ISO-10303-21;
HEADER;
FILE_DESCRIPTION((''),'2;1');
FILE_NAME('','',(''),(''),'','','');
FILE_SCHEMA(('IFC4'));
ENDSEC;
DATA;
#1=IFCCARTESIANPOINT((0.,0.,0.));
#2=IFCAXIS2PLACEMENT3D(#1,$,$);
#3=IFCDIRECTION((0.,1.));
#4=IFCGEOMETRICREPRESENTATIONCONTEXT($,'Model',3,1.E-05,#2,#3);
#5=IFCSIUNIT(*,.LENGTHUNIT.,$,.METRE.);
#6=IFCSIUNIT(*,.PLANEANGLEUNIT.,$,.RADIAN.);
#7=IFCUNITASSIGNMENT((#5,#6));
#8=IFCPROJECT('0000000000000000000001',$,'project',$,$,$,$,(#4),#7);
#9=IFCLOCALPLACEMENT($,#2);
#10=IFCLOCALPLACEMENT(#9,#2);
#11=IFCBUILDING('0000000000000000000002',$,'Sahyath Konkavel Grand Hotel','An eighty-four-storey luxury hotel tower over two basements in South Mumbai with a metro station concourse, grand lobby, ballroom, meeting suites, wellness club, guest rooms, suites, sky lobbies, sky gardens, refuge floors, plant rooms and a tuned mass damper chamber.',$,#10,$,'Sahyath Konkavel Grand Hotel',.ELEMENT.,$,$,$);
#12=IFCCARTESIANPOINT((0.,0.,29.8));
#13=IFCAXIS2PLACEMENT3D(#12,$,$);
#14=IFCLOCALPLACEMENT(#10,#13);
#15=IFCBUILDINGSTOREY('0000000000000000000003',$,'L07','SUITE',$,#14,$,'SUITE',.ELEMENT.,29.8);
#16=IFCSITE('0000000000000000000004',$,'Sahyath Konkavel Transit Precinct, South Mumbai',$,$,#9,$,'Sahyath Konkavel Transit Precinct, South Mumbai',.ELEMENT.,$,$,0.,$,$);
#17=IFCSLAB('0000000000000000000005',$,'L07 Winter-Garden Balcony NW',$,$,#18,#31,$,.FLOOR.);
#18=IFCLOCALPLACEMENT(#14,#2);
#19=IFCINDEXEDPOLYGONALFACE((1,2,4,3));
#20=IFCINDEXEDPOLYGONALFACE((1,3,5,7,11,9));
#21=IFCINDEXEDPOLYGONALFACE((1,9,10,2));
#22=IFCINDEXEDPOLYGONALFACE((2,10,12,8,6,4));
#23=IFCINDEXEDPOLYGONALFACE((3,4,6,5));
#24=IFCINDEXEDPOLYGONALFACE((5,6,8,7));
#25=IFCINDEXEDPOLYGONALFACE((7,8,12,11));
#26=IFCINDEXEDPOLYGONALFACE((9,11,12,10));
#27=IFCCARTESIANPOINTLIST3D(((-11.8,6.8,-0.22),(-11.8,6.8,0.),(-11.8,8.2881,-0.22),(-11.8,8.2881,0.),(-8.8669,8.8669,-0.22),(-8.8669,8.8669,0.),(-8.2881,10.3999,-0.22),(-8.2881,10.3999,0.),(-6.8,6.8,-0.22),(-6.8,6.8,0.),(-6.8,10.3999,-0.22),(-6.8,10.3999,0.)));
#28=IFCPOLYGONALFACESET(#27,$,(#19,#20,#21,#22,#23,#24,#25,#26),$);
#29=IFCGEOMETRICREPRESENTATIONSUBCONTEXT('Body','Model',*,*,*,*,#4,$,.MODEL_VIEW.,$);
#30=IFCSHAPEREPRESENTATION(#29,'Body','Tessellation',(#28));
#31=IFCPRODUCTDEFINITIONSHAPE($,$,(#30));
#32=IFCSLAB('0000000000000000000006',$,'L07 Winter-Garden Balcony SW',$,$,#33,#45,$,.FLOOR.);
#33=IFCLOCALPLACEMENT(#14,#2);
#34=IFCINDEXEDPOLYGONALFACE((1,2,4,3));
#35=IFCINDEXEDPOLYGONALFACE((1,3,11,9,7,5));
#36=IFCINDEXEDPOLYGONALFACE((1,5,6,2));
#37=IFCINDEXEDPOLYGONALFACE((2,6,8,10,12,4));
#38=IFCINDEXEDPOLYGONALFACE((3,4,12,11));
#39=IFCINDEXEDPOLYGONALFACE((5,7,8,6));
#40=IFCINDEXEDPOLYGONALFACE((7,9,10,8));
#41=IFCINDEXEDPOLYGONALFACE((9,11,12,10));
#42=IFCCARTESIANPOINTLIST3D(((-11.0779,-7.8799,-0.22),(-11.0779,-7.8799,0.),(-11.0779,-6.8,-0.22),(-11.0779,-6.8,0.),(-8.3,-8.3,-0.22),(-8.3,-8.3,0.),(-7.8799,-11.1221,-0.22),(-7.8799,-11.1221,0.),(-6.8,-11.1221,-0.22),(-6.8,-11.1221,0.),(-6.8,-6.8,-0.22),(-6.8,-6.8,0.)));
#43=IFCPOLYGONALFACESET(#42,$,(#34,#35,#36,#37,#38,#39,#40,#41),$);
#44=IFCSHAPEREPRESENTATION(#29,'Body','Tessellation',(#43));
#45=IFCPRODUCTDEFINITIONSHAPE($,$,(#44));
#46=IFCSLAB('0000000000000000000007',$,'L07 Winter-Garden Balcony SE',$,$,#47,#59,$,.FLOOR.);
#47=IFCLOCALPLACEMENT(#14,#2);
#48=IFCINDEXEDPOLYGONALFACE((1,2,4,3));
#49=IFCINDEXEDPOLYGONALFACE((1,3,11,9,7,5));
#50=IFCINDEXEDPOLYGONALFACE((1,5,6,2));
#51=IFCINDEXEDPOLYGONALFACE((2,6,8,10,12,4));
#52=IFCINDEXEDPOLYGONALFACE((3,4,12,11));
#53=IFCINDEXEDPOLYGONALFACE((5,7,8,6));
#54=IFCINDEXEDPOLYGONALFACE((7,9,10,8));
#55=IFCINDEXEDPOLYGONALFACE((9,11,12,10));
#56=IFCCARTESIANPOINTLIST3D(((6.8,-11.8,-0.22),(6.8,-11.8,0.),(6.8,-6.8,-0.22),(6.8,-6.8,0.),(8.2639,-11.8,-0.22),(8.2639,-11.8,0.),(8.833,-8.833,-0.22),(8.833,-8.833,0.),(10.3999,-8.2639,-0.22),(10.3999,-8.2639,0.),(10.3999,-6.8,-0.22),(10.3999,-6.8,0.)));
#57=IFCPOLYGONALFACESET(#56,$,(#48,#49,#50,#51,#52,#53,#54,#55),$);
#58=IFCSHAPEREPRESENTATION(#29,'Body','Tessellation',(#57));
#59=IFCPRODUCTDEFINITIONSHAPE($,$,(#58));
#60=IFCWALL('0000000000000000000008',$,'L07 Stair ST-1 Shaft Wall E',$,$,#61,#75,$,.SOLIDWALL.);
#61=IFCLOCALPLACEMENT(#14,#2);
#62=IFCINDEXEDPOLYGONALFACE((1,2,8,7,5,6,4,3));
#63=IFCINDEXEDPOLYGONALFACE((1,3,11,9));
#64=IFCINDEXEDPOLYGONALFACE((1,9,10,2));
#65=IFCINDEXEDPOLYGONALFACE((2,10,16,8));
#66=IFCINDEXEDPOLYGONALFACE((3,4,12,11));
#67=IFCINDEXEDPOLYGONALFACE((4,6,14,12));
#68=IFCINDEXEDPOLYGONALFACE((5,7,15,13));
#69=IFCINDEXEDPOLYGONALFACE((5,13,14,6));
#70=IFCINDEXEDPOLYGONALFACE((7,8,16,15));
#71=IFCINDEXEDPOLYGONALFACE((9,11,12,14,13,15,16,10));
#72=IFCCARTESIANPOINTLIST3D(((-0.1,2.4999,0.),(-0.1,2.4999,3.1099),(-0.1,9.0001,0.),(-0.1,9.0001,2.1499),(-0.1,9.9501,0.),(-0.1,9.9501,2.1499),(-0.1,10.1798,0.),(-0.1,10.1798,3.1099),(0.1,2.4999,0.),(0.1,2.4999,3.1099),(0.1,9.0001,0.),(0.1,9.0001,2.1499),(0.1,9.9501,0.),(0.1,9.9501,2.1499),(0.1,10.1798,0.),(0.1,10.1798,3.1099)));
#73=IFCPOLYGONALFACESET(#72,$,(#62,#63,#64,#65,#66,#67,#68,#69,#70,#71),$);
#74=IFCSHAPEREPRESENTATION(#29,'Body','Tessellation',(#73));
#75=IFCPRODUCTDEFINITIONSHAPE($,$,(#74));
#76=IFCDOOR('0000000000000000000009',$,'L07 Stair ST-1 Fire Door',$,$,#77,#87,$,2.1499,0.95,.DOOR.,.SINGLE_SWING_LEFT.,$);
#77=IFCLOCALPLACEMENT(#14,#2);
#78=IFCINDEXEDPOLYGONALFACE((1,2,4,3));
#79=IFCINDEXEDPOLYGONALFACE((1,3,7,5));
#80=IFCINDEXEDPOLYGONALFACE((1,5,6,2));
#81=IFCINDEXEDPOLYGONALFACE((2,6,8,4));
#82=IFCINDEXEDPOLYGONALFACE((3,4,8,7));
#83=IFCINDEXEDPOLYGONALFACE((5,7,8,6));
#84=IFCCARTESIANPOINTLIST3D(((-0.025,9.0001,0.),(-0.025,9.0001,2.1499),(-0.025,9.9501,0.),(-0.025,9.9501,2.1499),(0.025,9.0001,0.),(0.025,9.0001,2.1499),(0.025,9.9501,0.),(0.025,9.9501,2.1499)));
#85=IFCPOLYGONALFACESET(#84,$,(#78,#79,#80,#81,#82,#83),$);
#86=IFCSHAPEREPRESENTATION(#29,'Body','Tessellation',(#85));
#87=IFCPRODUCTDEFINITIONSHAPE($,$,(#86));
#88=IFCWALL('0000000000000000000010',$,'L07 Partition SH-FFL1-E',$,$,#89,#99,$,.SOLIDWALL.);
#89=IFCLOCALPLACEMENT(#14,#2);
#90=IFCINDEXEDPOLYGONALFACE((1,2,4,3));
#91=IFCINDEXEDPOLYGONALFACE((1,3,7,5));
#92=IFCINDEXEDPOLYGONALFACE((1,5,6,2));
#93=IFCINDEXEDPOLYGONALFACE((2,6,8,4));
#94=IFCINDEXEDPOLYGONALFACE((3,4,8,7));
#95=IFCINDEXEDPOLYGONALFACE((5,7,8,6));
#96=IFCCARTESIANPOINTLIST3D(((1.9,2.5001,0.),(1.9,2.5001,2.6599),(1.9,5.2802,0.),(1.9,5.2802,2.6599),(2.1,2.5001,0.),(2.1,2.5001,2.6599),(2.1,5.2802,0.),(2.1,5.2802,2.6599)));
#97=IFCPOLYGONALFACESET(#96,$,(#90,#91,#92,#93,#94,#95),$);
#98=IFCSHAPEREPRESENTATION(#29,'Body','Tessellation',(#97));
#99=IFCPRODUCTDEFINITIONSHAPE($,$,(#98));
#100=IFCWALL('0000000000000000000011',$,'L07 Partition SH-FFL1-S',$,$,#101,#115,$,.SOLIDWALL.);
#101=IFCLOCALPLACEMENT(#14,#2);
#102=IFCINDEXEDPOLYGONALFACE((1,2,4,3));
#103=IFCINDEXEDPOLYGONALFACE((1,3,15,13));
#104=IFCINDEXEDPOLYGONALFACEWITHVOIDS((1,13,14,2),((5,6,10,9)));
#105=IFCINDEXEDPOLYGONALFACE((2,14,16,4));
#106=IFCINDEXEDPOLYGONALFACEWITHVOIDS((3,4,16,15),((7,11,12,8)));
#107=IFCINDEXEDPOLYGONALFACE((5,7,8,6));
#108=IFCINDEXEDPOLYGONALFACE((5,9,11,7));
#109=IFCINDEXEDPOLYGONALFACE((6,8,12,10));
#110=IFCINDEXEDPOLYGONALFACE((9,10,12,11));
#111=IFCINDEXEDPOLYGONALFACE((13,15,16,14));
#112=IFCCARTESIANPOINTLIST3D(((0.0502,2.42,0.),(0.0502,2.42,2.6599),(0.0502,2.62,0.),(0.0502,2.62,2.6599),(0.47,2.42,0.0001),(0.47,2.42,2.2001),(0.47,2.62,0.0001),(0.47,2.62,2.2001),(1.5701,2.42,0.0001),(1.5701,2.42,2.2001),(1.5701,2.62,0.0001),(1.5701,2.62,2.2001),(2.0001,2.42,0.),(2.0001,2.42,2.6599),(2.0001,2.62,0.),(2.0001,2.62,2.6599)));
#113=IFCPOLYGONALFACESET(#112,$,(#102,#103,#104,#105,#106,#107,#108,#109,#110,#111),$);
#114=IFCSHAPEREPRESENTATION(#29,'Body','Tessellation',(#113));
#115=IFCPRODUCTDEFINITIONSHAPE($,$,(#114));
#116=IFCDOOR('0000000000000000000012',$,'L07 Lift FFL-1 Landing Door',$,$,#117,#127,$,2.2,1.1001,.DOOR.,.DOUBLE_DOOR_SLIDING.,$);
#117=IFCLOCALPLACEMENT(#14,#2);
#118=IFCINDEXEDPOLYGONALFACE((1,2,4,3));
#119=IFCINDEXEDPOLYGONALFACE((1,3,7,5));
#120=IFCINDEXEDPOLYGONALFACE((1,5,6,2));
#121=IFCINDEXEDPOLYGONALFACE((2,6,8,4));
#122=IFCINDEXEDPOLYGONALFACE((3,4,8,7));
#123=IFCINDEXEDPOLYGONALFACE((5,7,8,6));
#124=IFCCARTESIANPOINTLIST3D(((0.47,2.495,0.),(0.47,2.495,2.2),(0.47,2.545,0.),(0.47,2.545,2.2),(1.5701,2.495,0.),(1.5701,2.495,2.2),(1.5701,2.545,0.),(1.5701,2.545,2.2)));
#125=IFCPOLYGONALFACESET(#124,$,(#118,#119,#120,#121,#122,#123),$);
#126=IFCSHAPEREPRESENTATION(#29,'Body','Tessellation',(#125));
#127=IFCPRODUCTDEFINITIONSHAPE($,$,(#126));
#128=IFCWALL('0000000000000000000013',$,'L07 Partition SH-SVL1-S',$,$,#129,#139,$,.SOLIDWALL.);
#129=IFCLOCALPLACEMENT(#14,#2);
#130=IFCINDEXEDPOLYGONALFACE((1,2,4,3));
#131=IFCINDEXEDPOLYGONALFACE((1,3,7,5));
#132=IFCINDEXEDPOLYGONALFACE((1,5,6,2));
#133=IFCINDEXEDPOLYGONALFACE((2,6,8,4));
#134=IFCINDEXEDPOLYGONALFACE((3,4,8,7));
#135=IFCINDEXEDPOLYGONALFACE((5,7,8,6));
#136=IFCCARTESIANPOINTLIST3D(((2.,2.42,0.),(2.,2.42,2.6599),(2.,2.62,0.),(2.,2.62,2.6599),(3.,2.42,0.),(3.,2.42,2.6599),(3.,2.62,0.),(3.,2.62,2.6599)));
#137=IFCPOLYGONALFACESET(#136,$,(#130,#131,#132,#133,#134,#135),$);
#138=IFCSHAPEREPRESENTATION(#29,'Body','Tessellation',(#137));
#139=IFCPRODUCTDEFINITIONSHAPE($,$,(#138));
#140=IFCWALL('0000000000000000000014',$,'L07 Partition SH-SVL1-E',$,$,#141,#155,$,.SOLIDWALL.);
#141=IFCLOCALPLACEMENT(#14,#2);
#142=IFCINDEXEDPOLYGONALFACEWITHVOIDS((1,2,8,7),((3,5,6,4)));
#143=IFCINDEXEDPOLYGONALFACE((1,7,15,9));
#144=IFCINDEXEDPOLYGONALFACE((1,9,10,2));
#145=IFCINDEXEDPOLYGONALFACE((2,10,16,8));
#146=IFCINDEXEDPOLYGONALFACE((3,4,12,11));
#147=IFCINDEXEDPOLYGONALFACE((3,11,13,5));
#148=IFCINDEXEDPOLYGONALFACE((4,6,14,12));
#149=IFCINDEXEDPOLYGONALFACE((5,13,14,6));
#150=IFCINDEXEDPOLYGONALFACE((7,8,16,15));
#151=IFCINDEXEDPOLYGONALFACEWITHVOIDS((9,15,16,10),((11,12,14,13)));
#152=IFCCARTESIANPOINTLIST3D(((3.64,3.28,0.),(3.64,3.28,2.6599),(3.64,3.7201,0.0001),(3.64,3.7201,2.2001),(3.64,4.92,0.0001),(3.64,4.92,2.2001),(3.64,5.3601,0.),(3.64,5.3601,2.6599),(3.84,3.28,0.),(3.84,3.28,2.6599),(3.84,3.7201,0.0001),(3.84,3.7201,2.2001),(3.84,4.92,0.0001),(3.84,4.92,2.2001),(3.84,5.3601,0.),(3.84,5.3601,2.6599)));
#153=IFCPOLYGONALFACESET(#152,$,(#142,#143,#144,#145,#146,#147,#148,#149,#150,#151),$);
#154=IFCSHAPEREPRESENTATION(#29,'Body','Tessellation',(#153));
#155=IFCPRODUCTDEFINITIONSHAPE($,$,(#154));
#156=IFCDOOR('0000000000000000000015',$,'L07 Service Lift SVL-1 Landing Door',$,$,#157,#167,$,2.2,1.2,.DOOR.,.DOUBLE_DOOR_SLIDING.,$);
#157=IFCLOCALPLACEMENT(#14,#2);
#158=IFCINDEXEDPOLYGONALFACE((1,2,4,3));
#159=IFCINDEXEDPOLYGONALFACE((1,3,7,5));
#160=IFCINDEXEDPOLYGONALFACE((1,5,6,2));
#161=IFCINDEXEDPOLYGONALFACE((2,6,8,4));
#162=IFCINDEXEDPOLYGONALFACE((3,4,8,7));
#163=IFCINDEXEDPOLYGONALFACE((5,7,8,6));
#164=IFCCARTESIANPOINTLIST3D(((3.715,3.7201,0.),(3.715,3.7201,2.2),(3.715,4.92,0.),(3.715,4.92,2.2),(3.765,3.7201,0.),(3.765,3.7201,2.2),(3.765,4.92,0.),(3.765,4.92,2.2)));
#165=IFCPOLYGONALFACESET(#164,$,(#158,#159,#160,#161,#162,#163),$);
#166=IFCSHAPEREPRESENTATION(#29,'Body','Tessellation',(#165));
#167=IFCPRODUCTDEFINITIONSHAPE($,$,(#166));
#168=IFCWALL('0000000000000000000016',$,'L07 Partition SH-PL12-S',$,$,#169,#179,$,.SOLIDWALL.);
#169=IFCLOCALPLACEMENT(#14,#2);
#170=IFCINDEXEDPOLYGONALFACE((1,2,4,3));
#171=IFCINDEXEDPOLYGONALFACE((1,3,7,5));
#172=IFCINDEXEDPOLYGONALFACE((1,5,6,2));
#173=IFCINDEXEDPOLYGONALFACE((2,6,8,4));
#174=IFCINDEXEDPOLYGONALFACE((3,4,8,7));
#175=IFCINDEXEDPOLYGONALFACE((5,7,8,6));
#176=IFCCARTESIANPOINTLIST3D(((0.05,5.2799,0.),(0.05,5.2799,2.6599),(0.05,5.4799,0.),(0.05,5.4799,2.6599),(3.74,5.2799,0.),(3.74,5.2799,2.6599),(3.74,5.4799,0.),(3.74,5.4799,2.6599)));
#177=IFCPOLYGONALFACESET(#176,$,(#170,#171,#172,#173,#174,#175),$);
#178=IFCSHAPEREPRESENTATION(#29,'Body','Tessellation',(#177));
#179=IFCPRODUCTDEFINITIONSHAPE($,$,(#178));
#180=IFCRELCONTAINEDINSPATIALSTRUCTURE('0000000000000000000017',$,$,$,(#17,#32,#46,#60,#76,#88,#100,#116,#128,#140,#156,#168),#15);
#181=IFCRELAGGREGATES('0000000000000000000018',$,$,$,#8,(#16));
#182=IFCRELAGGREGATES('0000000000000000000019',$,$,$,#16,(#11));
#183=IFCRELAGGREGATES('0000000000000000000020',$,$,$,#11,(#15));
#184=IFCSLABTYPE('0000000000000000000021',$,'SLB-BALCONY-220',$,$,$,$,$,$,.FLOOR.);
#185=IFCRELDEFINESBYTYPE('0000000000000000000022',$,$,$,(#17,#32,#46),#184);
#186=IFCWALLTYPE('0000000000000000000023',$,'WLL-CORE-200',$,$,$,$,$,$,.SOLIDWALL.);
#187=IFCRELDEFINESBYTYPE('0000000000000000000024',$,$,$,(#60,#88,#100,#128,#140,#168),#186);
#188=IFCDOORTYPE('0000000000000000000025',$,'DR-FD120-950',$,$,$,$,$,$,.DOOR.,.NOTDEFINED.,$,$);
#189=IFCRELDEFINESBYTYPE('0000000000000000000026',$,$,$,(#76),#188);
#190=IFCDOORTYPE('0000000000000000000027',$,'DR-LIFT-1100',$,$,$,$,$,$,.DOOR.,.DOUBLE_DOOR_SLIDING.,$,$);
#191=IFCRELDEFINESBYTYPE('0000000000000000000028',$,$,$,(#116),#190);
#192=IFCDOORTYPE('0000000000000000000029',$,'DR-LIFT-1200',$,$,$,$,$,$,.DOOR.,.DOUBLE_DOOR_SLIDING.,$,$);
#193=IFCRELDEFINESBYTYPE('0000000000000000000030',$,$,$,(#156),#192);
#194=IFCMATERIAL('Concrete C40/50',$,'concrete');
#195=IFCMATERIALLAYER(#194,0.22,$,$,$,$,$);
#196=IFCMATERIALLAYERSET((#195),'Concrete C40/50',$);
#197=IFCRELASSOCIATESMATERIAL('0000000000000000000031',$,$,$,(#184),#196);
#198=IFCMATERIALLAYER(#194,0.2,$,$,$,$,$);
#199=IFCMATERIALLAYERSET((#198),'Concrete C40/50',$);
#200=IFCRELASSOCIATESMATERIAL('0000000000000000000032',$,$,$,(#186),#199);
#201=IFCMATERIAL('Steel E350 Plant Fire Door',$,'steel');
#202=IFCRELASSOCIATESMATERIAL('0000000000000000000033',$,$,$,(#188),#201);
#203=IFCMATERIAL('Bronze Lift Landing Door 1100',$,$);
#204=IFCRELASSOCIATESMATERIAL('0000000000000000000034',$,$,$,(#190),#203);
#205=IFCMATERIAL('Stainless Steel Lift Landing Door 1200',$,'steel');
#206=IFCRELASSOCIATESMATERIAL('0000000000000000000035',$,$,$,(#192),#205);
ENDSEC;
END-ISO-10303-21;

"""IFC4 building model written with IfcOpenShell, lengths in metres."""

from ifc_helpers import new_model, si_unit, direction, frame, frame_2d, origin, origin_2d, place, context, subcontext, project, spatial, polyline, rectangle, outline, extrude, source, transform, mapped, material, layer, layer_set, type_object, element, fill, save


model = new_model("IFC4")

# Units and contexts
model_context = context("Model", 3, precision=1e-05, world=origin(), true_north=direction((0.0, 1.0)))
body_context = subcontext(model_context, "Body", "Model", "MODEL_VIEW")
ifc_project = project(units=[si_unit("LENGTHUNIT", "METRE"), si_unit("PLANEANGLEUNIT", "RADIAN")], contexts=[model_context])

# Site, building, storey
site_placement = place(None, origin())
site = spatial("IfcSite", under=ifc_project, at=site_placement, Name="Sahyath Konkavel Transit Precinct, South Mumbai", LongName="Sahyath Konkavel Transit Precinct, South Mumbai", CompositionType="ELEMENT", RefElevation=0.0)
building_placement = place(site_placement, origin())
building = spatial("IfcBuilding", under=site, at=building_placement, Name="Sahyath Konkavel Grand Hotel", Description="An eighty-four-storey luxury hotel tower over two basements in South Mumbai with a metro station concourse, grand lobby, ballroom, meeting suites, wellness club, guest rooms, suites, sky lobbies, sky gardens, refuge floors, plant rooms and a tuned mass damper chamber.", LongName="Sahyath Konkavel Grand Hotel", CompositionType="ELEMENT")
storey_placement = place(building_placement, frame((0.0, 0.0, 29.8)))
storey = spatial("IfcBuildingStorey", under=building, at=storey_placement, Name="L07", Description="SUITE", LongName="SUITE", CompositionType="ELEMENT", Elevation=29.8)

# Slabs
ifc_material_1 = material(Name="Concrete C40/50", Category="concrete")
ifc_layer_1 = layer(ifc_material_1, 0.22)
ifc_layer_set_1 = layer_set([ifc_layer_1], Name="Concrete C40/50")
slab_type = type_object("IfcSlabType", Name="SLB-BALCONY-220", PredefinedType="FLOOR", material=ifc_layer_set_1)
slab_1_placement = place(storey_placement, frame((0.0, 0.0, -0.22)))
element("IfcSlab", 1, at=slab_1_placement, inside=storey, type_object=slab_type, Name="L07 Winter-Garden Balcony NW", PredefinedType="FLOOR", context=body_context, shape_type="SweptSolid", body=[
    extrude(outline(polyline([(-6.8, 6.8), (-6.8, 10.3999), (-8.2881, 10.3999), (-8.8669, 8.8669), (-11.8, 8.2881), (-11.8, 6.8), (-6.8, 6.8)])), origin(), (0.0, 0.0, 1.0), 0.22),
])
slab_2_placement = place(storey_placement, frame((0.0, 0.0, -0.22)))
element("IfcSlab", 2, at=slab_2_placement, inside=storey, type_object=slab_type, Name="L07 Winter-Garden Balcony SW", PredefinedType="FLOOR", context=body_context, shape_type="SweptSolid", body=[
    extrude(outline(polyline([(-6.8, -6.8), (-11.0779, -6.8), (-11.0779, -7.8799), (-8.3, -8.3), (-7.8799, -11.1221), (-6.8, -11.1221), (-6.8, -6.8)])), origin(), (0.0, 0.0, 1.0), 0.22),
])
slab_3_placement = place(storey_placement, frame((0.0, 0.0, -0.22)))
element("IfcSlab", 3, at=slab_3_placement, inside=storey, type_object=slab_type, Name="L07 Winter-Garden Balcony SE", PredefinedType="FLOOR", context=body_context, shape_type="SweptSolid", body=[
    extrude(outline(polyline([(6.8, -6.8), (6.8, -11.8), (8.2639, -11.8), (8.833, -8.833), (10.3999, -8.2639), (10.3999, -6.8), (6.8, -6.8)])), origin(), (0.0, 0.0, 1.0), 0.22),
])

# Wall, opening, door
ifc_layer_2 = layer(ifc_material_1, 0.2)
ifc_layer_set_2 = layer_set([ifc_layer_2], Name="Concrete C40/50")
wall_type_1 = type_object("IfcWallType", Name="WLL-CORE-200", PredefinedType="SOLIDWALL", material=ifc_layer_set_2)
wall_1_placement = place(storey_placement, frame((0.0, 2.5, 0.0), z_axis=(0.0, 0.0, 1.0), x_axis=(0.0, 1.0, 0.0)))
wall_1 = element("IfcWall", 4, at=wall_1_placement, inside=storey, type_object=wall_type_1, Name="L07 Stair ST-1 Shaft Wall E", PredefinedType="SOLIDWALL", context=body_context, shape_type="SweptSolid", body=[
    extrude(rectangle(XDim=7.6799, YDim=0.2, at=frame_2d((3.8398, 0.0))), origin(), (0.0, 0.0, 1.0), 3.1099),
])
opening_1_placement = place(wall_1_placement, frame((6.5, 0.0, 0.0)))
opening_1 = element("IfcOpeningElement", 5, at=opening_1_placement, cuts=wall_1, PredefinedType="OPENING", context=body_context, shape_type="SweptSolid", body=[
    extrude(rectangle(XDim=0.95, YDim=2.1499, at=frame_2d((0.4751, 1.075))), frame((0.0, 0.1099, 0.0), z_axis=(0.0, -1.0, 0.0), x_axis=(1.0, 0.0, 0.0)), (0.0, 0.0, 1.0), 0.22),
])
ifc_material_2 = material(Name="Steel E350 Plant Fire Door", Category="steel")
door_type_1 = type_object("IfcDoorType", Name="DR-FD120-950", OperationType="NOTDEFINED", PredefinedType="DOOR", material=ifc_material_2)
shared_shape_1 = source(origin(), body_context, "Body", "SweptSolid", [
    extrude(rectangle(XDim=0.95, YDim=0.05, at=origin_2d()), origin(), (0.0, 0.0, 1.0), 2.1499),
])
door_1_placement = place(opening_1_placement, frame((0.4751, 0.0, 0.0)))
door_1 = element("IfcDoor", 6, at=door_1_placement, inside=storey, type_object=door_type_1, Name="L07 Stair ST-1 Fire Door", OperationType="SINGLE_SWING_LEFT", OverallHeight=2.1499, OverallWidth=0.95, PredefinedType="DOOR", context=body_context, shape_type="MappedRepresentation", body=[
    mapped(shared_shape_1, transform((0.0, 0.0, 0.0), scale=1.0)),
])
fill(opening_1, door_1)

# Wall
wall_2_placement = place(storey_placement, frame((2.0, 2.5, 0.0), z_axis=(0.0, 0.0, 1.0), x_axis=(0.0, 1.0, 0.0)))
element("IfcWall", 7, at=wall_2_placement, inside=storey, type_object=wall_type_1, Name="L07 Partition SH-FFL1-E", PredefinedType="SOLIDWALL", context=body_context, shape_type="SweptSolid", body=[
    extrude(rectangle(XDim=2.78, YDim=0.2, at=frame_2d((1.3901, 0.0))), origin(), (0.0, 0.0, 1.0), 2.6599),
])

# Wall, opening, door
wall_3_placement = place(storey_placement, frame((0.05, 2.52, 0.0), z_axis=(0.0, 0.0, 1.0), x_axis=(1.0, 0.0, 0.0)))
wall_3 = element("IfcWall", 8, at=wall_3_placement, inside=storey, type_object=wall_type_1, Name="L07 Partition SH-FFL1-S", PredefinedType="SOLIDWALL", context=body_context, shape_type="SweptSolid", body=[
    extrude(rectangle(XDim=1.95, YDim=0.2, at=frame_2d((0.9751, 0.0))), origin(), (0.0, 0.0, 1.0), 2.6599),
])
opening_2_placement = place(wall_3_placement, frame((0.4199, 0.0, 0.0)))
opening_2 = element("IfcOpeningElement", 9, at=opening_2_placement, cuts=wall_3, PredefinedType="OPENING", context=body_context, shape_type="SweptSolid", body=[
    extrude(rectangle(XDim=1.1001, YDim=2.2, at=frame_2d((0.55, 1.1001))), frame((0.0, 0.1099, 0.0), z_axis=(0.0, -1.0, 0.0), x_axis=(1.0, 0.0, 0.0)), (0.0, 0.0, 1.0), 0.22),
])
ifc_material_3 = material(Name="Bronze Lift Landing Door 1100")
door_type_2 = type_object("IfcDoorType", Name="DR-LIFT-1100", OperationType="DOUBLE_DOOR_SLIDING", PredefinedType="DOOR", material=ifc_material_3)
shared_shape_2 = source(origin(), body_context, "Body", "SweptSolid", [
    extrude(rectangle(XDim=1.1001, YDim=0.05, at=origin_2d()), origin(), (0.0, 0.0, 1.0), 2.2),
])
door_2_placement = place(opening_2_placement, frame((0.55, 0.0, 0.0)))
door_2 = element("IfcDoor", 10, at=door_2_placement, inside=storey, type_object=door_type_2, Name="L07 Lift FFL-1 Landing Door", OperationType="DOUBLE_DOOR_SLIDING", OverallHeight=2.2, OverallWidth=1.1001, PredefinedType="DOOR", context=body_context, shape_type="MappedRepresentation", body=[
    mapped(shared_shape_2, transform((0.0, 0.0, 0.0), scale=1.0)),
])
fill(opening_2, door_2)

# Wall
wall_4_placement = place(storey_placement, frame((2.0, 2.52, 0.0), z_axis=(0.0, 0.0, 1.0), x_axis=(1.0, 0.0, 0.0)))
element("IfcWall", 11, at=wall_4_placement, inside=storey, type_object=wall_type_1, Name="L07 Partition SH-SVL1-S", PredefinedType="SOLIDWALL", context=body_context, shape_type="SweptSolid", body=[
    extrude(rectangle(XDim=1.0, YDim=0.2, at=frame_2d((0.5, 0.0))), origin(), (0.0, 0.0, 1.0), 2.6599),
])

# Wall, opening, door
wall_5_placement = place(storey_placement, frame((3.74, 3.28, 0.0), z_axis=(0.0, 0.0, 1.0), x_axis=(0.0, 1.0, 0.0)))
wall_5 = element("IfcWall", 12, at=wall_5_placement, inside=storey, type_object=wall_type_1, Name="L07 Partition SH-SVL1-E", PredefinedType="SOLIDWALL", context=body_context, shape_type="SweptSolid", body=[
    extrude(rectangle(XDim=2.0801, YDim=0.2, at=frame_2d((1.04, 0.0))), origin(), (0.0, 0.0, 1.0), 2.6599),
])
opening_3_placement = place(wall_5_placement, frame((0.4399, 0.0, 0.0)))
opening_3 = element("IfcOpeningElement", 13, at=opening_3_placement, cuts=wall_5, PredefinedType="OPENING", context=body_context, shape_type="SweptSolid", body=[
    extrude(rectangle(XDim=1.2, YDim=2.2, at=frame_2d((0.6001, 1.1001))), frame((0.0, 0.1099, 0.0), z_axis=(0.0, -1.0, 0.0), x_axis=(1.0, 0.0, 0.0)), (0.0, 0.0, 1.0), 0.22),
])
ifc_material_4 = material(Name="Stainless Steel Lift Landing Door 1200", Category="steel")
door_type_3 = type_object("IfcDoorType", Name="DR-LIFT-1200", OperationType="DOUBLE_DOOR_SLIDING", PredefinedType="DOOR", material=ifc_material_4)
shared_shape_3 = source(origin(), body_context, "Body", "SweptSolid", [
    extrude(rectangle(XDim=1.2, YDim=0.05, at=origin_2d()), origin(), (0.0, 0.0, 1.0), 2.2),
])
door_3_placement = place(opening_3_placement, frame((0.6001, 0.0, 0.0)))
door_3 = element("IfcDoor", 14, at=door_3_placement, inside=storey, type_object=door_type_3, Name="L07 Service Lift SVL-1 Landing Door", OperationType="DOUBLE_DOOR_SLIDING", OverallHeight=2.2, OverallWidth=1.2, PredefinedType="DOOR", context=body_context, shape_type="MappedRepresentation", body=[
    mapped(shared_shape_3, transform((0.0, 0.0, 0.0), scale=1.0)),
])
fill(opening_3, door_3)

# Wall
wall_6_placement = place(storey_placement, frame((0.05, 5.3799, 0.0), z_axis=(0.0, 0.0, 1.0), x_axis=(1.0, 0.0, 0.0)))
element("IfcWall", 15, at=wall_6_placement, inside=storey, type_object=wall_type_1, Name="L07 Partition SH-PL12-S", PredefinedType="SOLIDWALL", context=body_context, shape_type="SweptSolid", body=[
    extrude(rectangle(XDim=3.6899, YDim=0.2, at=frame_2d((1.845, 0.0))), origin(), (0.0, 0.0, 1.0), 2.6599),
])

save(model, "model.ifc")
